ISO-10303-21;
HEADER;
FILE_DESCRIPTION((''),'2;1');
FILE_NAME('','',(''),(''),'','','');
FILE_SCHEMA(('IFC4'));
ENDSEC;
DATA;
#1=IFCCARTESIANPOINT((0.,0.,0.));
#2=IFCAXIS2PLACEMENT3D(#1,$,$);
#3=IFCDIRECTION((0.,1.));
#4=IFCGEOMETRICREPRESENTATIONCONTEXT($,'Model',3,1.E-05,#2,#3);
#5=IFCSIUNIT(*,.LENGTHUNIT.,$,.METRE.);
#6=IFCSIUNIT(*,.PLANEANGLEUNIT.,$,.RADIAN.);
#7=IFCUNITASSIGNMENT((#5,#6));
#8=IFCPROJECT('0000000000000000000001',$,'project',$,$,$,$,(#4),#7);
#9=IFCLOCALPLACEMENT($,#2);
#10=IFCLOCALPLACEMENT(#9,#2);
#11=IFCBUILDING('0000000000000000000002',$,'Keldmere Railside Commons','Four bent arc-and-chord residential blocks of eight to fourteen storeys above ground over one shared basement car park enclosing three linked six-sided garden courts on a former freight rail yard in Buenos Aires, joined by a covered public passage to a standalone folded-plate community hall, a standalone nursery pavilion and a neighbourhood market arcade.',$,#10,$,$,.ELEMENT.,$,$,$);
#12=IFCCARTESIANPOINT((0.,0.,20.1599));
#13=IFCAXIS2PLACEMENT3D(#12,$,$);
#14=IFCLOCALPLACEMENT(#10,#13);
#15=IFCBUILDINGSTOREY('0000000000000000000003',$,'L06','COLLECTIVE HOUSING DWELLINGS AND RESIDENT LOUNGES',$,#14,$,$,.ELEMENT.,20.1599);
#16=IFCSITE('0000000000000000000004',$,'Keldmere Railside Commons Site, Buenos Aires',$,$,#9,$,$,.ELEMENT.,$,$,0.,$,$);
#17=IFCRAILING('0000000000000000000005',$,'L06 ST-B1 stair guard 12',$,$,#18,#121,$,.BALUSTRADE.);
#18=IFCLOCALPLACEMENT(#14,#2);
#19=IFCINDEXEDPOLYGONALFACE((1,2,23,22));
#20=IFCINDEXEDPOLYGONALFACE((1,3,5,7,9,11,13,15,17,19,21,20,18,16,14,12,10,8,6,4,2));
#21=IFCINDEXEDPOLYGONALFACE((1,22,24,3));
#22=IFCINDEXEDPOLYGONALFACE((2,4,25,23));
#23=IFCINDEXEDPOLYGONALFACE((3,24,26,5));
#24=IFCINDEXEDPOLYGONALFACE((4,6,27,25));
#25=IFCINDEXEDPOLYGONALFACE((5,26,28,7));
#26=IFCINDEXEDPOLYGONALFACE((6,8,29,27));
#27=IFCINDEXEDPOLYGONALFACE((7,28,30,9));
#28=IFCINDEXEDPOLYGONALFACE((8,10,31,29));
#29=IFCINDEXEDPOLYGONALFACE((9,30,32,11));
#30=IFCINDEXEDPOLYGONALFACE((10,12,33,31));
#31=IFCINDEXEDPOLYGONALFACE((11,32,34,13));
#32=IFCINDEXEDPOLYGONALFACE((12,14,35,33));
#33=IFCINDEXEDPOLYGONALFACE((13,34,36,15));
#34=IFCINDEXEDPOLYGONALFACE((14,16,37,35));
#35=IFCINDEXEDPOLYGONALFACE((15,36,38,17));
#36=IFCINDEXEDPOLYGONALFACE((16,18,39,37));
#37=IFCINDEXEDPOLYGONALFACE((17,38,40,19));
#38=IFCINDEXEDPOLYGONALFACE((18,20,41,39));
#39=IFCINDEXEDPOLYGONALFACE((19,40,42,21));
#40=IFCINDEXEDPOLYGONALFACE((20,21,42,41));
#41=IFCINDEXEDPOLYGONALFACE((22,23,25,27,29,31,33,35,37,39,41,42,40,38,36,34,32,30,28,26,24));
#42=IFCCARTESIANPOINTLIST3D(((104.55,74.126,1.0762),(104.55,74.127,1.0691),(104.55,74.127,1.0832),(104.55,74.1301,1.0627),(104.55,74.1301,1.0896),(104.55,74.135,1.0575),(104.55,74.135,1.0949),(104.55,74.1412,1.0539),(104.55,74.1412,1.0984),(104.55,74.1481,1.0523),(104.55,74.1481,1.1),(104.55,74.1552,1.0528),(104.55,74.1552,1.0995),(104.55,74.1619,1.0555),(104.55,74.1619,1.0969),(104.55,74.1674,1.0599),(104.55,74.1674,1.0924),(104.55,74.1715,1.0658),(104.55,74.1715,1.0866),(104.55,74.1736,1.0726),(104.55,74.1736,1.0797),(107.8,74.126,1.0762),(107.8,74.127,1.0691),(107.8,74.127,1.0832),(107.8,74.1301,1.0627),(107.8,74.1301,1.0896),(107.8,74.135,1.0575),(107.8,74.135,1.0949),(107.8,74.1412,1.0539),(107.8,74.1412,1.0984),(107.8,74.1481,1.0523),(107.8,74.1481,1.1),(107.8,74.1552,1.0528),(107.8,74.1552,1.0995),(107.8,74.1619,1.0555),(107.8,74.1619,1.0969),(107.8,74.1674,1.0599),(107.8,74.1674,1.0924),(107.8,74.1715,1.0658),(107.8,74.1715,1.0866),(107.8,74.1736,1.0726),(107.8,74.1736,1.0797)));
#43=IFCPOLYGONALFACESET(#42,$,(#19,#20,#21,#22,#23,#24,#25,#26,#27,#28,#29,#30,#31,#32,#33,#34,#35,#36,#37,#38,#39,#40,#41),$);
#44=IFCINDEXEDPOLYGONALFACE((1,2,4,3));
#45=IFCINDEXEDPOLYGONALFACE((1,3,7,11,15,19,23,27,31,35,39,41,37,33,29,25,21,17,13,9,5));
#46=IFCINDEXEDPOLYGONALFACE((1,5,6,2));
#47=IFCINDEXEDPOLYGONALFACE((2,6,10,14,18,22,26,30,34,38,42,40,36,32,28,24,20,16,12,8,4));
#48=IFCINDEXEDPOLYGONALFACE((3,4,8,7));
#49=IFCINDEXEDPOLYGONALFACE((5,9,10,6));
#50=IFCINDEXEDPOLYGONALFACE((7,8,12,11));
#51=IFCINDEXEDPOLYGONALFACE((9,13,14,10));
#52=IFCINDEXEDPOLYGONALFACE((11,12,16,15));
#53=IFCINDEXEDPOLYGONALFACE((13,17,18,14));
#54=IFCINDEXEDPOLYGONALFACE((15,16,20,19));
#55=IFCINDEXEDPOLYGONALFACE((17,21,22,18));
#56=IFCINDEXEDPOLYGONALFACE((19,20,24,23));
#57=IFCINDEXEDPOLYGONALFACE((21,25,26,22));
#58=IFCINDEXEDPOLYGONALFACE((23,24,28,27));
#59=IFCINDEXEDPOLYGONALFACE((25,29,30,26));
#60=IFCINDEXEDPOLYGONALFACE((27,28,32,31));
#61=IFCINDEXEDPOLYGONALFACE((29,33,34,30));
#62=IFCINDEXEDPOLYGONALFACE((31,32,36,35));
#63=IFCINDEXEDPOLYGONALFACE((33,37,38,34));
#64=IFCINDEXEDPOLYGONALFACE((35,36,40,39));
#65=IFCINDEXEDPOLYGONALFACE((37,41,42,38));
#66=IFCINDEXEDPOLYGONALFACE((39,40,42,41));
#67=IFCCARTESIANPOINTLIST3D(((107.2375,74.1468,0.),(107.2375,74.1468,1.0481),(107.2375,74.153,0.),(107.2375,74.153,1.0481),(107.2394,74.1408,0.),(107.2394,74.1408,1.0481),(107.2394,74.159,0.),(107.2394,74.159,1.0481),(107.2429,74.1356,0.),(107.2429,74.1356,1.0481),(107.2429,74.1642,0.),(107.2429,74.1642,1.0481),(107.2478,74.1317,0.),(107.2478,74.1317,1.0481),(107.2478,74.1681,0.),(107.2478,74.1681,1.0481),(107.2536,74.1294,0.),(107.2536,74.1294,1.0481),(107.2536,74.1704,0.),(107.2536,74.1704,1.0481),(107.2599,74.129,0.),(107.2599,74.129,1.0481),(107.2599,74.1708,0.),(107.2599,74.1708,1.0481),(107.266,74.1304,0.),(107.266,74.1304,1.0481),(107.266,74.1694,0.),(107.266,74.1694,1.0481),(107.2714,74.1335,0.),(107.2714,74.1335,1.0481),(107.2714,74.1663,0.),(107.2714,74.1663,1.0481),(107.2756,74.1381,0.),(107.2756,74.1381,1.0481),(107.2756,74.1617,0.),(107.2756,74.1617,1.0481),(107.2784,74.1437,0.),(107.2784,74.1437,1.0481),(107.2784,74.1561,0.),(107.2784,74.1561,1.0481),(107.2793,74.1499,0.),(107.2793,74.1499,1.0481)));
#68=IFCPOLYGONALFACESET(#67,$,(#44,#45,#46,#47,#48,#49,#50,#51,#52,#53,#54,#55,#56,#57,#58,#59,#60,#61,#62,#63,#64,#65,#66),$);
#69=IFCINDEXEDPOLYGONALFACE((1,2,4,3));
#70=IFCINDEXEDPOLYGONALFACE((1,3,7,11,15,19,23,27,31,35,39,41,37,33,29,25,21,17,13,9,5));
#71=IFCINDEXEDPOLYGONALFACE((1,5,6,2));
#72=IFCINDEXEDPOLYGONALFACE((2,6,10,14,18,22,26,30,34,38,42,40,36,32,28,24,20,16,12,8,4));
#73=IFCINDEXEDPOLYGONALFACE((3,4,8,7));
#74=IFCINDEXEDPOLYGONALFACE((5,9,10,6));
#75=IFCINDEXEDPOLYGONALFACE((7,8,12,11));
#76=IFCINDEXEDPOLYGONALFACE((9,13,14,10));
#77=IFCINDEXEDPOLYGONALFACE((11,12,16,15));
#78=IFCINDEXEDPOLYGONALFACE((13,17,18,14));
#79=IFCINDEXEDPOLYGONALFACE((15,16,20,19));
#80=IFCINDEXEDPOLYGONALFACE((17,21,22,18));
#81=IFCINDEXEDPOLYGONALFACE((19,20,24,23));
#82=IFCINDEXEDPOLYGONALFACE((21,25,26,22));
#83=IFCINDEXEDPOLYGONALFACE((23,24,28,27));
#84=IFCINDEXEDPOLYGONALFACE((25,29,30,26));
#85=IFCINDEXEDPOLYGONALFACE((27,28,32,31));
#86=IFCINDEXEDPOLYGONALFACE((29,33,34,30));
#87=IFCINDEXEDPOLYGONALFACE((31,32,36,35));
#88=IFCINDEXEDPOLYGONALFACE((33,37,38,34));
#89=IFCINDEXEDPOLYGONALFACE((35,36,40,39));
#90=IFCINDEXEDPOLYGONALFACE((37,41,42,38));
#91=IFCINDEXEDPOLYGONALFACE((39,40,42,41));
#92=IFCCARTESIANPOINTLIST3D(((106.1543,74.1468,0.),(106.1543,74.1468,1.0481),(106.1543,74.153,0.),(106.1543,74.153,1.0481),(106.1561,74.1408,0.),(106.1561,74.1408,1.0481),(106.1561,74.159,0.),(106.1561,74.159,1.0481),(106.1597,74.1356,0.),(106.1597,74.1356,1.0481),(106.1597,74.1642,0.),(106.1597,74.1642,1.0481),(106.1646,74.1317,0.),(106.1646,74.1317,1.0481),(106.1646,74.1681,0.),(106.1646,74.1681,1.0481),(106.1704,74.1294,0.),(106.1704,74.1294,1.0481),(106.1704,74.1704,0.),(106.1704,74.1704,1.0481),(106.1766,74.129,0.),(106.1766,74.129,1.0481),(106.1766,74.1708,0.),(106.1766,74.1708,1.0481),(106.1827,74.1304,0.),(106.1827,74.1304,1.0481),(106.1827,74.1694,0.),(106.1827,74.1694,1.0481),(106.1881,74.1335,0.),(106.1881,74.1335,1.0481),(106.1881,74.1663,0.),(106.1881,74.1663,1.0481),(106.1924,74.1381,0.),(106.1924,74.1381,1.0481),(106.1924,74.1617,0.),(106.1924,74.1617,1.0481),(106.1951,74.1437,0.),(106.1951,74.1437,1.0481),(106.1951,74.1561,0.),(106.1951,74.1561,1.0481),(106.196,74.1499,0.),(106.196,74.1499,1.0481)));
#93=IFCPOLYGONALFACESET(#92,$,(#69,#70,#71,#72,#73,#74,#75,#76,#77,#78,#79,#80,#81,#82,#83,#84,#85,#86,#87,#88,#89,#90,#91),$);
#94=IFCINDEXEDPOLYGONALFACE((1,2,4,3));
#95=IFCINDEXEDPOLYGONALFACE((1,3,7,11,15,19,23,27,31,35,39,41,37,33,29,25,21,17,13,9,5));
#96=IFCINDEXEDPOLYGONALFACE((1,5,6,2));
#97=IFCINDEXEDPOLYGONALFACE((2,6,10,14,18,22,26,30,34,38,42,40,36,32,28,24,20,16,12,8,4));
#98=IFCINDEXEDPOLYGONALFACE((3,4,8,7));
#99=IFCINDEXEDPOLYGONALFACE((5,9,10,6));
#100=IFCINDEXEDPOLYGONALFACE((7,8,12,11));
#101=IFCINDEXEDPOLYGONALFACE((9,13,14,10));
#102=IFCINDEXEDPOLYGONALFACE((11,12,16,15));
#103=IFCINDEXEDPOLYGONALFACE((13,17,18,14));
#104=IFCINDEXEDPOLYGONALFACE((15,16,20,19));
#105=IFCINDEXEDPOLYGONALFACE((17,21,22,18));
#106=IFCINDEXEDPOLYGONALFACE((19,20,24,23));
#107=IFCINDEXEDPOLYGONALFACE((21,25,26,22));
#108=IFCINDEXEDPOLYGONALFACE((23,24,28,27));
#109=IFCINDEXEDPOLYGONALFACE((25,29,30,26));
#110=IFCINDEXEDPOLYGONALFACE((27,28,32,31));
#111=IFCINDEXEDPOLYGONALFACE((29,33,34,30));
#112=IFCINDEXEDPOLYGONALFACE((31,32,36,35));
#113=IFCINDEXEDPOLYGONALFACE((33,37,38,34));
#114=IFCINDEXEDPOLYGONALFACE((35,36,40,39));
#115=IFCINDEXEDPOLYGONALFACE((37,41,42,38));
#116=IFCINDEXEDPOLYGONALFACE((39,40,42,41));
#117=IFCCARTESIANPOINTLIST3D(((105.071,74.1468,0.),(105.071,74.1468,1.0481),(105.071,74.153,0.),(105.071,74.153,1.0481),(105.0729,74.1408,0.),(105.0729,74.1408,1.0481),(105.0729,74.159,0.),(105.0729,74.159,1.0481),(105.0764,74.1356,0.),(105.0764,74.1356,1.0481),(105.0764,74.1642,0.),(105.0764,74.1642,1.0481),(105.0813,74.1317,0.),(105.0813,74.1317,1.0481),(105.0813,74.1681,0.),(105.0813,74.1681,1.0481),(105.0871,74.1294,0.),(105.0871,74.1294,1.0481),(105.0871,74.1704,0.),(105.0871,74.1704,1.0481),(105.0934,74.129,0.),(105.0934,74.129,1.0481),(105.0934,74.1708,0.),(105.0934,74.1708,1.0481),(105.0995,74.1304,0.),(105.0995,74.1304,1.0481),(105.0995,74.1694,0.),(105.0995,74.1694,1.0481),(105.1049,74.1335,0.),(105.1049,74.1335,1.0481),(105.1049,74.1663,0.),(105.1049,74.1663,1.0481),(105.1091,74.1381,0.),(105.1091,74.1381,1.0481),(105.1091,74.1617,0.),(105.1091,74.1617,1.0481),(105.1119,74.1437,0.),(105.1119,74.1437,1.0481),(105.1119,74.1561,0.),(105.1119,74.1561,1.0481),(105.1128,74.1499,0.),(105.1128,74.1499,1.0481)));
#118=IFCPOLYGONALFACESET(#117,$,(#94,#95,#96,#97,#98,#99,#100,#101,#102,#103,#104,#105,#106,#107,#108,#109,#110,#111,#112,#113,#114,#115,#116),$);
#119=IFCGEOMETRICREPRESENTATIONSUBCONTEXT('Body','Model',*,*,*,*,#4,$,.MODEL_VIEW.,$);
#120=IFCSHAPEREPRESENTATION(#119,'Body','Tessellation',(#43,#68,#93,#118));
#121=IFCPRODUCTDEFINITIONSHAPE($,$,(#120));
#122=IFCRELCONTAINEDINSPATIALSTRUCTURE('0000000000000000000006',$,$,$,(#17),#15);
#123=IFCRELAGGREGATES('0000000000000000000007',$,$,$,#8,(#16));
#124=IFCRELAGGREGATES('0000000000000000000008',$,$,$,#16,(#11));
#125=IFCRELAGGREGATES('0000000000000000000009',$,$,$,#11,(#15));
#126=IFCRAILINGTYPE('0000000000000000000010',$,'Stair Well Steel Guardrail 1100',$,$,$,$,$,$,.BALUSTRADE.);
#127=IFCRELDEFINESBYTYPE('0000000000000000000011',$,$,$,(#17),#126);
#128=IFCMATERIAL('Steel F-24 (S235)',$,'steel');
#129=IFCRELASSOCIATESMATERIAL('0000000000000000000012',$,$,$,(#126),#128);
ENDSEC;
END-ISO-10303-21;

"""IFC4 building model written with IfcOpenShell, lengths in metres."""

from ifc_helpers import new_model, si_unit, direction, frame, origin, origin_2d, place, context, subcontext, project, spatial, circle, extrude, material, type_object, element, save


model = new_model("IFC4")

# Units and contexts
model_context = context("Model", 3, precision=1e-05, world=origin(), true_north=direction((0.0, 1.0)))
body_context = subcontext(model_context, "Body", "Model", "MODEL_VIEW")
ifc_project = project(units=[si_unit("LENGTHUNIT", "METRE"), si_unit("PLANEANGLEUNIT", "RADIAN")], contexts=[model_context])

# Site, building, storey
site_placement = place(None, origin())
site = spatial("IfcSite", under=ifc_project, at=site_placement, Name="Keldmere Railside Commons Site, Buenos Aires", CompositionType="ELEMENT", RefElevation=0.0)
building_placement = place(site_placement, origin())
building = spatial("IfcBuilding", under=site, at=building_placement, Name="Keldmere Railside Commons", Description="Four bent arc-and-chord residential blocks of eight to fourteen storeys above ground over one shared basement car park enclosing three linked six-sided garden courts on a former freight rail yard in Buenos Aires, joined by a covered public passage to a standalone folded-plate community hall, a standalone nursery pavilion and a neighbourhood market arcade.", CompositionType="ELEMENT")
storey_placement = place(building_placement, frame((0.0, 0.0, 20.1599)))
storey = spatial("IfcBuildingStorey", under=building, at=storey_placement, Name="L06", Description="COLLECTIVE HOUSING DWELLINGS AND RESIDENT LOUNGES", CompositionType="ELEMENT", Elevation=20.1599)

# Railing
ifc_material_1 = material(Name="Steel F-24 (S235)", Category="steel")
railing_type_1 = type_object("IfcRailingType", Name="Stair Well Steel Guardrail 1100", PredefinedType="BALUSTRADE", material=ifc_material_1)
railing_1_placement = place(storey_placement, frame((107.8, 74.1499, 0.0)))
element("IfcRailing", 1, at=railing_1_placement, inside=storey, type_object=railing_type_1, Name="L06 ST-B1 stair guard 12", PredefinedType="BALUSTRADE", context=body_context, shape_type="SweptSolid", body=[
    extrude(circle(Radius=0.0239, at=origin_2d()), frame((0.0, 0.0, 1.0762), z_axis=(-1.0, 0.0, 0.0), x_axis=(0.0, -1.0, 0.0)), (0.0, 0.0, 1.0), 3.25),
    extrude(circle(Radius=0.021, at=origin_2d()), frame((-0.5417, 0.0, 0.0)), (0.0, 0.0, 1.0), 1.0481),
    extrude(circle(Radius=0.021, at=origin_2d()), frame((-1.625, 0.0, 0.0)), (0.0, 0.0, 1.0), 1.0481),
    extrude(circle(Radius=0.021, at=origin_2d()), frame((-2.7083, 0.0, 0.0)), (0.0, 0.0, 1.0), 1.0481),
])

save(model, "model.ifc")
